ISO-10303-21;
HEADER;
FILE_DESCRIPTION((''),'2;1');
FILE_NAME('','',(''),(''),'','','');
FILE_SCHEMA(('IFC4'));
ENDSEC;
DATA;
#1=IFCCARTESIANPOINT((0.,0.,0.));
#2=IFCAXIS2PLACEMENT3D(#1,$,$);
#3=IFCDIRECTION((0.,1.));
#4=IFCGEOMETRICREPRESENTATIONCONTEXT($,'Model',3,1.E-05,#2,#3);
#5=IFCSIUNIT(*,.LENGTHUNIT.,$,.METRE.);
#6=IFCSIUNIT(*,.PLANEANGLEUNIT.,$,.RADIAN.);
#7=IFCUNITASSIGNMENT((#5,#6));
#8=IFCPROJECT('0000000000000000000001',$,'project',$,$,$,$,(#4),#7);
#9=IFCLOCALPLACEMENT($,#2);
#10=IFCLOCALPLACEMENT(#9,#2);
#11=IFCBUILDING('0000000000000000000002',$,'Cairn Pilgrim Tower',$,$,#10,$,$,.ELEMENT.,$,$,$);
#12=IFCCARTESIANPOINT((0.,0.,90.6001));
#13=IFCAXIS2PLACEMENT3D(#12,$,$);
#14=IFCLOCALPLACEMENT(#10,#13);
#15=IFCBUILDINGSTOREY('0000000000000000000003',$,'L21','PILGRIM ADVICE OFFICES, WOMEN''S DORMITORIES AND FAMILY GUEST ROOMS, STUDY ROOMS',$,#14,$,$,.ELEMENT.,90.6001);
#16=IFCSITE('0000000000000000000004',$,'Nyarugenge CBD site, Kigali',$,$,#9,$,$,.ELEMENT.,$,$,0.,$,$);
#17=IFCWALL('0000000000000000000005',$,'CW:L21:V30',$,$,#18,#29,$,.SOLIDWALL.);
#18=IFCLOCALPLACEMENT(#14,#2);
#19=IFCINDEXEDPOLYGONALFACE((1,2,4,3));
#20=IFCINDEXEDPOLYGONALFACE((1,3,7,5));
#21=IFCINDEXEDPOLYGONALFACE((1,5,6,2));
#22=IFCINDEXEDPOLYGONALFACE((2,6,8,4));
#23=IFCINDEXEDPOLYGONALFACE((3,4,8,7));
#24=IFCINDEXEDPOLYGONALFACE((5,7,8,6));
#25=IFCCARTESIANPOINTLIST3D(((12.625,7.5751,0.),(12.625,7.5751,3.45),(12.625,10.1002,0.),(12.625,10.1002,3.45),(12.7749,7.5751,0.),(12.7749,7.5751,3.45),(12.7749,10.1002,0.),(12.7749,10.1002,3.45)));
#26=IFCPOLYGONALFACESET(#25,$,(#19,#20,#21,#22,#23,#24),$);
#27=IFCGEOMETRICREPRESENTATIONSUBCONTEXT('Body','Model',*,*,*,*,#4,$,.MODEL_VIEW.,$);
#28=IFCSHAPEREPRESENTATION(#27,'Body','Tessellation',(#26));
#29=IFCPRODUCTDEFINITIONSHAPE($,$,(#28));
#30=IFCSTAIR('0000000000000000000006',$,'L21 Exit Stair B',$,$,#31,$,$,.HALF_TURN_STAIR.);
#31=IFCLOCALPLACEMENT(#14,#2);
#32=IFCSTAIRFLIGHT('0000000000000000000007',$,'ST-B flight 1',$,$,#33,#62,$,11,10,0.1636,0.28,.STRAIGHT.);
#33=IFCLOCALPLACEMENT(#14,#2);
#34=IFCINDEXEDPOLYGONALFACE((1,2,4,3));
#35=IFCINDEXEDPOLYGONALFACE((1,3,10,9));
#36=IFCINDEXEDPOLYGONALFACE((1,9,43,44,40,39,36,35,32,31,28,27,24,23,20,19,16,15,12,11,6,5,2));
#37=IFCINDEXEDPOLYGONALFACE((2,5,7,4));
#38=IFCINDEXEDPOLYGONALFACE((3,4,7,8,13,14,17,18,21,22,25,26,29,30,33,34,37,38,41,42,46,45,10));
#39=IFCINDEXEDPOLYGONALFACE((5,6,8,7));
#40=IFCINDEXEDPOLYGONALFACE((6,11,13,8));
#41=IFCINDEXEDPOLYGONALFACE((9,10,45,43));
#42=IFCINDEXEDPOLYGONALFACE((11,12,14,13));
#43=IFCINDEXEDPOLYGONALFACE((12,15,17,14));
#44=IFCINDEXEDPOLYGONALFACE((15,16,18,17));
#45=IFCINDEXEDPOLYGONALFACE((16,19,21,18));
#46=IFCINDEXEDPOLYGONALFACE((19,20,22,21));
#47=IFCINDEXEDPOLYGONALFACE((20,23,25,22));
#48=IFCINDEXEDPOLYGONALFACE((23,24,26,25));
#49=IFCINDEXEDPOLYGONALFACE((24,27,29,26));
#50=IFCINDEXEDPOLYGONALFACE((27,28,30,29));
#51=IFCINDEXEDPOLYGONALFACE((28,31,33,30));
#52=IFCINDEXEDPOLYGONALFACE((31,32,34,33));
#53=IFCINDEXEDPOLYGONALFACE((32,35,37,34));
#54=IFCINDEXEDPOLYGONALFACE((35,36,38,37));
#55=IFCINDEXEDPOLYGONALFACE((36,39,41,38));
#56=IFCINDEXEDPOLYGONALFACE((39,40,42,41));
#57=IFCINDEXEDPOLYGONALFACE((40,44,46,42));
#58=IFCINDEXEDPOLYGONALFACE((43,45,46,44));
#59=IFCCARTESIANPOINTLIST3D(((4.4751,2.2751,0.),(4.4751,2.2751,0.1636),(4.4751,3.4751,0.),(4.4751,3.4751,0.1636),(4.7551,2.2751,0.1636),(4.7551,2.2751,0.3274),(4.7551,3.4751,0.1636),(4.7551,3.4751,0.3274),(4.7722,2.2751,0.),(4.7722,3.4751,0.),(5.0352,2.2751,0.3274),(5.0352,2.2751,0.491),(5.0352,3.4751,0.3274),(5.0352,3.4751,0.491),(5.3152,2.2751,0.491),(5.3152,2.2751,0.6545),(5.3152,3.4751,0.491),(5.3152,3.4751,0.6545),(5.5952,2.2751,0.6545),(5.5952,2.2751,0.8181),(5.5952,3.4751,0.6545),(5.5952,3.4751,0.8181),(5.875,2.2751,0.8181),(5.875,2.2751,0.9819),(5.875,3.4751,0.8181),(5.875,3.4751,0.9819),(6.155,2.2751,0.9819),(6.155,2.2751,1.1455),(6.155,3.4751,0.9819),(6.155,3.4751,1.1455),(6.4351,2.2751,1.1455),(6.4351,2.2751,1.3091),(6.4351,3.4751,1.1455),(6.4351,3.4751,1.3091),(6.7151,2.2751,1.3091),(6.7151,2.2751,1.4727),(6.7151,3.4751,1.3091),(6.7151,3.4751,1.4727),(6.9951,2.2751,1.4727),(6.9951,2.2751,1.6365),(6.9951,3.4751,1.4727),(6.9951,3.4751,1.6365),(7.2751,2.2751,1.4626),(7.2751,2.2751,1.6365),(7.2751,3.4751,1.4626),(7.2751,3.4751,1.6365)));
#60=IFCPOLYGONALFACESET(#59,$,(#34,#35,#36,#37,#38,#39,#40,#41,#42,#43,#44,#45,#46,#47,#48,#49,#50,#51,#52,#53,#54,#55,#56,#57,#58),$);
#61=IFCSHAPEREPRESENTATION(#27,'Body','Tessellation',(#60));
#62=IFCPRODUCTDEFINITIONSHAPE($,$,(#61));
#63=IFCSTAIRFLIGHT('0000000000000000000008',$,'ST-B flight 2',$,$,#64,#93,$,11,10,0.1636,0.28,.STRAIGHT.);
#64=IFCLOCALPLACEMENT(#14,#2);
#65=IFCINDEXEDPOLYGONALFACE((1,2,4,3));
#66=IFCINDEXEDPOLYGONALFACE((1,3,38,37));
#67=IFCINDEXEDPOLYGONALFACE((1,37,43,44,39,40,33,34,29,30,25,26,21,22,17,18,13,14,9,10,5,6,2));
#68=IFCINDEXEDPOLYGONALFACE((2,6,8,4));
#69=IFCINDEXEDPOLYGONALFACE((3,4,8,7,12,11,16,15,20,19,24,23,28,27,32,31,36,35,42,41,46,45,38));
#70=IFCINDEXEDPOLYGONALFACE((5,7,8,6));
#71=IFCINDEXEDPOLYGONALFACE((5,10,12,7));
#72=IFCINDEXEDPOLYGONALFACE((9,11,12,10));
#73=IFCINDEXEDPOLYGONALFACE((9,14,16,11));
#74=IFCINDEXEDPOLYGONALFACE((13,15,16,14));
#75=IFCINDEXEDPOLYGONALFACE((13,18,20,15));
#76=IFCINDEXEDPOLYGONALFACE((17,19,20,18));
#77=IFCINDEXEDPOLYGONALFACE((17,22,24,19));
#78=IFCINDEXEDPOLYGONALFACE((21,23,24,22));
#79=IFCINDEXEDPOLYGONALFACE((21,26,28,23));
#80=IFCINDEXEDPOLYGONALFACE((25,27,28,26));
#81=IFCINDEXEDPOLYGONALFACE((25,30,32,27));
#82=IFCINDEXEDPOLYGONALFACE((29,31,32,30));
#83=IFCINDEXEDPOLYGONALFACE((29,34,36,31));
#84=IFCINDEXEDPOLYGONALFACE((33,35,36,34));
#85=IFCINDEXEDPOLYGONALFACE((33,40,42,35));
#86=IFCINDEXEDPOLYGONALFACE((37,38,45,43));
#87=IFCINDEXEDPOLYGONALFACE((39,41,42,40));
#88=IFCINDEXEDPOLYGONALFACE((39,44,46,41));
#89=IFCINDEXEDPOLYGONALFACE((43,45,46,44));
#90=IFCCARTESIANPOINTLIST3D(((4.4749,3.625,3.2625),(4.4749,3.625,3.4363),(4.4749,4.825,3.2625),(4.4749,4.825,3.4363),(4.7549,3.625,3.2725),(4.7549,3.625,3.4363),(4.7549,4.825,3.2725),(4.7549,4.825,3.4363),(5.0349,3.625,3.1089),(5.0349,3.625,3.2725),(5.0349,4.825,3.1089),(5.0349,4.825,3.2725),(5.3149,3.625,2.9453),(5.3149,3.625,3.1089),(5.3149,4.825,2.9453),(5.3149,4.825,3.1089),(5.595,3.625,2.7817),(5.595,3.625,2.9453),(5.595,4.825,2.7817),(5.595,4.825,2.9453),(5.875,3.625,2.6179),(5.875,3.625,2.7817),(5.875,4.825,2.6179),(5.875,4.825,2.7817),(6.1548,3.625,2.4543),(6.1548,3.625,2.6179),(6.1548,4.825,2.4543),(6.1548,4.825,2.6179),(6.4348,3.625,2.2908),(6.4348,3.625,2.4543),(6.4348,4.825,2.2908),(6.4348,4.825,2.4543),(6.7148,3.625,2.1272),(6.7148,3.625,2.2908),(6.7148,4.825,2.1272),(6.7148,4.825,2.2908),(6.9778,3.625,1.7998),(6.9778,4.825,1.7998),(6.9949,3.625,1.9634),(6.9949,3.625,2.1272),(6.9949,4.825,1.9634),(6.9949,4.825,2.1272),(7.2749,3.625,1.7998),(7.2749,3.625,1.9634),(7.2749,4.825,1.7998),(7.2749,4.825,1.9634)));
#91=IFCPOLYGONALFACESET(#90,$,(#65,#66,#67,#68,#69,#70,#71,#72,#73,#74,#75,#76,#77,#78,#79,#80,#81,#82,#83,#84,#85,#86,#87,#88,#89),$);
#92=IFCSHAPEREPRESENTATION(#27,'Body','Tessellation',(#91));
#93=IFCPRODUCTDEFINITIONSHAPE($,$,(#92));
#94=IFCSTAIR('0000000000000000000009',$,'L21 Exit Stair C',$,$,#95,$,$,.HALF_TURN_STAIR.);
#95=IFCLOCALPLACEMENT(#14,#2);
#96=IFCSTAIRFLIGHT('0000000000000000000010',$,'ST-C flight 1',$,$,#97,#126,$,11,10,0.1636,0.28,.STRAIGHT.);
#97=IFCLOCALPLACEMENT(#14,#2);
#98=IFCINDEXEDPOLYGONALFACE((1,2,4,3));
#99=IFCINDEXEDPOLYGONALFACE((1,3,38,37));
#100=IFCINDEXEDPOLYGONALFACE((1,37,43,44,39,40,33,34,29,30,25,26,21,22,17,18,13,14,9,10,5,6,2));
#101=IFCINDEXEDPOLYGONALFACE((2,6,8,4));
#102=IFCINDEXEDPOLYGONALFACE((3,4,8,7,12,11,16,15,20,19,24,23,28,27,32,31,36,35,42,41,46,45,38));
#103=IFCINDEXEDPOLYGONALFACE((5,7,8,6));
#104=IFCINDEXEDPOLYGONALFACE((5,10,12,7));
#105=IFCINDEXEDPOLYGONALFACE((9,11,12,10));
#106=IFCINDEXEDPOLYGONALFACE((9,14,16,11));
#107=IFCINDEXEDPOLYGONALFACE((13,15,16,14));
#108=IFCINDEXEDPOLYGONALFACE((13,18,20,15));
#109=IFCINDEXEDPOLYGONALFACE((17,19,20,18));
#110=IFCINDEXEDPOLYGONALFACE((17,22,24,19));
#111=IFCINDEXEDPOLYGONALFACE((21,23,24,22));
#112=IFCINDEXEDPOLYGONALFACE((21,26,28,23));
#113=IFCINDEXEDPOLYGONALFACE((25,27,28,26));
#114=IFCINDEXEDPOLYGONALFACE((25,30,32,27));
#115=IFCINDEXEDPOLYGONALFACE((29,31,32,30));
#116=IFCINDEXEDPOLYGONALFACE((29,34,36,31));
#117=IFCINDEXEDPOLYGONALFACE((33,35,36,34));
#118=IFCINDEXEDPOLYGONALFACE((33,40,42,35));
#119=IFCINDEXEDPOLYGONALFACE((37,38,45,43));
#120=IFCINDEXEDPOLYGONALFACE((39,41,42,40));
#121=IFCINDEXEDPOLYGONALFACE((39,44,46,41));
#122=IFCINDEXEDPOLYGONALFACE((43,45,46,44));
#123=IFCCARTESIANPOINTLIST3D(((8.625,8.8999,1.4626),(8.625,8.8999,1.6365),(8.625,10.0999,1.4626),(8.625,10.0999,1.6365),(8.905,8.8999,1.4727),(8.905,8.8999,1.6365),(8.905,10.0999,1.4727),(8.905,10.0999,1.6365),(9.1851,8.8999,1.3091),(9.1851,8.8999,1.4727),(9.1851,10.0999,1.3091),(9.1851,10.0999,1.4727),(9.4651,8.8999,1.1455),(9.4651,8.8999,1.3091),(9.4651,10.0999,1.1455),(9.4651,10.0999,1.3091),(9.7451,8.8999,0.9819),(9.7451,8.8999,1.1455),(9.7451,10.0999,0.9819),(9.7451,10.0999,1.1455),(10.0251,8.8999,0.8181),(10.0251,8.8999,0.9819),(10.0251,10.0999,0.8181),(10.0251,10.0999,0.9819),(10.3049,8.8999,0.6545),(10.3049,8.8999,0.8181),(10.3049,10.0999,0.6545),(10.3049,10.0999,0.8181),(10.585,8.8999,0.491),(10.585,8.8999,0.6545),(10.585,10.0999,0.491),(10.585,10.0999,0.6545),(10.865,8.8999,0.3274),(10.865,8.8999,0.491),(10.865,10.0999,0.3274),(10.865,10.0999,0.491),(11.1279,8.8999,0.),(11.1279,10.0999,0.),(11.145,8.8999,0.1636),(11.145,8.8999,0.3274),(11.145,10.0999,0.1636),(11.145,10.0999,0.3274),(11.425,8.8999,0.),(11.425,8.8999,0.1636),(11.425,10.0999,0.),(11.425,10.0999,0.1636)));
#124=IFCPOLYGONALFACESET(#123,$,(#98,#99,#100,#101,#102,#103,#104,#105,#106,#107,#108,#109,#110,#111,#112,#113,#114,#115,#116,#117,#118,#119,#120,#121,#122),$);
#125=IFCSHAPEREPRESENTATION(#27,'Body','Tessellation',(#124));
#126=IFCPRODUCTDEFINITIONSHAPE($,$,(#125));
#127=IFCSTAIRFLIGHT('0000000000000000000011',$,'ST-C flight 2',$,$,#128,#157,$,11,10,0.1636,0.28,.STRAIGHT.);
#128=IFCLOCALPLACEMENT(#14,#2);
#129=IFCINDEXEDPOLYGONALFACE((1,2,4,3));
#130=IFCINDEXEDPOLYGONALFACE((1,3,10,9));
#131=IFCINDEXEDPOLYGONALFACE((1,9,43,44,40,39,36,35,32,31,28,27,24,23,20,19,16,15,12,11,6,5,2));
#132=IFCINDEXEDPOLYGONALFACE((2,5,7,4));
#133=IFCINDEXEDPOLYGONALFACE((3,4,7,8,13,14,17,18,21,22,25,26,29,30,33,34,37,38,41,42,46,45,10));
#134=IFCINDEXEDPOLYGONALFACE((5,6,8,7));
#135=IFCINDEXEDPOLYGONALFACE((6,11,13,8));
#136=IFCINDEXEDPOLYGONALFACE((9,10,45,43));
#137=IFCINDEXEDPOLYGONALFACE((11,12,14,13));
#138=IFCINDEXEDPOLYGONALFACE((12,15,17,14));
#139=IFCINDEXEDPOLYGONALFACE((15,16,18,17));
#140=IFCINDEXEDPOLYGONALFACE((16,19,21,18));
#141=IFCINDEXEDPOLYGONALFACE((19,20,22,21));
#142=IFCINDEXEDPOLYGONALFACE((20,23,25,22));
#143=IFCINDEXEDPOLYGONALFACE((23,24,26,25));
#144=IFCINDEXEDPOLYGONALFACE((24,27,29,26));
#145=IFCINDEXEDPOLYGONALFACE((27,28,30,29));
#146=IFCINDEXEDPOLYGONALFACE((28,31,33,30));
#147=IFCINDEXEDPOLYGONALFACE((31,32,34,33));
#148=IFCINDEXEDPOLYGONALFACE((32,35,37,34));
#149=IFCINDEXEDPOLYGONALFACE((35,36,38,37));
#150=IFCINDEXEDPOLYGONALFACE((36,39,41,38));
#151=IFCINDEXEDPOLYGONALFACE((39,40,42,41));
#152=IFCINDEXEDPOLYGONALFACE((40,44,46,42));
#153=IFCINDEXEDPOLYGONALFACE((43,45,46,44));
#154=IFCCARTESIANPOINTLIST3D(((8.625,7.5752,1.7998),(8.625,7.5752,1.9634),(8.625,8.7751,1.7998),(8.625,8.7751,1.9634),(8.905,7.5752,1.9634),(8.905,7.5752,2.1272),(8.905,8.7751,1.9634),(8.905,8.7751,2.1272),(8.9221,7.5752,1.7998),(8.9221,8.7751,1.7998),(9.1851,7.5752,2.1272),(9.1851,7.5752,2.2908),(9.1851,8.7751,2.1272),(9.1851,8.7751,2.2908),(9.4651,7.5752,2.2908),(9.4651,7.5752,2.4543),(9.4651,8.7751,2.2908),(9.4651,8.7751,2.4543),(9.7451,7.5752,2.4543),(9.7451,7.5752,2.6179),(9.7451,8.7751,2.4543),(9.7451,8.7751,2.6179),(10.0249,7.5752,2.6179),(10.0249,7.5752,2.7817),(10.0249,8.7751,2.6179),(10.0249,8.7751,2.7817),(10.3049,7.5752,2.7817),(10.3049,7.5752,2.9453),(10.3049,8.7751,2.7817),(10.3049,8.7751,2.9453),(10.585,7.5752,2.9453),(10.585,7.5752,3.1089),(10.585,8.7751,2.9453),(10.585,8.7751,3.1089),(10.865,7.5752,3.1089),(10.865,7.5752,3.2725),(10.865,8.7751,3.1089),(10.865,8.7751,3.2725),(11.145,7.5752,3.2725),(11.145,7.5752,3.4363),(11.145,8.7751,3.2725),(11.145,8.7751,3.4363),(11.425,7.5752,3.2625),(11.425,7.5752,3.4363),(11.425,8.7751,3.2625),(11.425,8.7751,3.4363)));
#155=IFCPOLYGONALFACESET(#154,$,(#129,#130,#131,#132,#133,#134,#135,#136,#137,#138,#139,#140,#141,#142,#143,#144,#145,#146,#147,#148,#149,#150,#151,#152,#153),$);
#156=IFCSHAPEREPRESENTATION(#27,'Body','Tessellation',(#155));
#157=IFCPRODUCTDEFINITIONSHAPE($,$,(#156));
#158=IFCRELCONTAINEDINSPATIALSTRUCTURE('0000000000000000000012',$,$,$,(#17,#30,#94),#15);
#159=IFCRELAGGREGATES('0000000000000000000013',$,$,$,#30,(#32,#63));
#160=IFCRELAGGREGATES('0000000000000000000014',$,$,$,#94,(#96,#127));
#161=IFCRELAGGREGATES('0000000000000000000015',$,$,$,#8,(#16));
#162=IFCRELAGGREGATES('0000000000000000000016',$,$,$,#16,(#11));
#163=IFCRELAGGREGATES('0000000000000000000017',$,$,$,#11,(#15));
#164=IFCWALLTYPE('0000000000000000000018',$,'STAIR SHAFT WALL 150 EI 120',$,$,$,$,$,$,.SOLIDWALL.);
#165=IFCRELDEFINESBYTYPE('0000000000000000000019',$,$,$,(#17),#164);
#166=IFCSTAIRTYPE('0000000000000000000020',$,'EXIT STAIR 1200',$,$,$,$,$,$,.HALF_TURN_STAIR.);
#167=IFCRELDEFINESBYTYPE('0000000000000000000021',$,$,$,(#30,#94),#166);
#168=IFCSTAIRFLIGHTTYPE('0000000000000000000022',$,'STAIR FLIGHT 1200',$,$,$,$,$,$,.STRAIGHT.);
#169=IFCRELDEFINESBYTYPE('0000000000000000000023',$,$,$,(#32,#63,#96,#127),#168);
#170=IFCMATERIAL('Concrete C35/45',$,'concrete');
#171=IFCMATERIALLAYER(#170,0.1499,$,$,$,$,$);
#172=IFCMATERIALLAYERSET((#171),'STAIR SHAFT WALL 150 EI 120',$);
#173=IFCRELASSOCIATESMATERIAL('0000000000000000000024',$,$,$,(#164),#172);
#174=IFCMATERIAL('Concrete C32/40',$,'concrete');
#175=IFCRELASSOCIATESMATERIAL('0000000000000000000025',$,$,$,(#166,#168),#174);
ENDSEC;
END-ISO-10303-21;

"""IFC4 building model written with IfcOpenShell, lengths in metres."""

from ifc_helpers import new_model, si_unit, direction, frame, frame_2d, origin, place, context, subcontext, project, spatial, polyline, rectangle, outline, extrude, material, layer, layer_set, type_object, element, aggregate, save


model = new_model("IFC4")

# Units and contexts
model_context = context("Model", 3, precision=1e-05, world=origin(), true_north=direction((0.0, 1.0)))
body_context = subcontext(model_context, "Body", "Model", "MODEL_VIEW")
ifc_project = project(units=[si_unit("LENGTHUNIT", "METRE"), si_unit("PLANEANGLEUNIT", "RADIAN")], contexts=[model_context])

# Site, building, storey
site_placement = place(None, origin())
site = spatial("IfcSite", under=ifc_project, at=site_placement, Name="Nyarugenge CBD site, Kigali", CompositionType="ELEMENT", RefElevation=0.0)
building_placement = place(site_placement, origin())
building = spatial("IfcBuilding", under=site, at=building_placement, Name="Cairn Pilgrim Tower", CompositionType="ELEMENT")
storey_placement = place(building_placement, frame((0.0, 0.0, 90.6001)))
storey = spatial("IfcBuildingStorey", under=building, at=storey_placement, Name="L21", Description="PILGRIM ADVICE OFFICES, WOMEN'S DORMITORIES AND FAMILY GUEST ROOMS, STUDY ROOMS", CompositionType="ELEMENT", Elevation=90.6001)

# Shared definitions
ifc_material_1 = material(Name="Concrete C32/40", Category="concrete")

# Shared definitions
ifc_material_2 = material(Name="Concrete C35/45", Category="concrete")
ifc_layer_1 = layer(ifc_material_2, 0.1499)
ifc_layer_set_1 = layer_set([ifc_layer_1], Name="STAIR SHAFT WALL 150 EI 120")
wall_type_1 = type_object("IfcWallType", Name="STAIR SHAFT WALL 150 EI 120", PredefinedType="SOLIDWALL", material=ifc_layer_set_1)

# Wall
wall_1_placement = place(storey_placement, frame((12.7, 7.575, 0.0), z_axis=(0.0, 0.0, 1.0), x_axis=(0.0, 1.0, 0.0)))
element("IfcWall", 1, at=wall_1_placement, inside=storey, type_object=wall_type_1, Name="CW:L21:V30", PredefinedType="SOLIDWALL", context=body_context, shape_type="SweptSolid", body=[
    extrude(rectangle(XDim=2.5251, YDim=0.1499, at=frame_2d((1.2627, 0.0))), origin(), (0.0, 0.0, 1.0), 3.45),
])

# Stairs, stair flights
stair_type = type_object("IfcStairType", Name="EXIT STAIR 1200", PredefinedType="HALF_TURN_STAIR", material=ifc_material_1)
stair_1_placement = place(storey_placement, origin())
stair_1 = element("IfcStair", 2, at=stair_1_placement, inside=storey, type_object=stair_type, Name="L21 Exit Stair B", PredefinedType="HALF_TURN_STAIR")
stair_flight_type = type_object("IfcStairFlightType", Name="STAIR FLIGHT 1200", PredefinedType="STRAIGHT", material=ifc_material_1)
stair_flight_1_placement = place(storey_placement, frame((4.4751, 2.875, 0.0), z_axis=(0.0, 0.0, 1.0), x_axis=(1.0, 0.0, 0.0)))
stair_flight_1 = element("IfcStairFlight", 3, at=stair_flight_1_placement, type_object=stair_flight_type, Name="ST-B flight 1", NumberOfRisers=11, NumberOfTreads=10, PredefinedType="STRAIGHT", RiserHeight=0.1636, TreadLength=0.28, context=body_context, shape_type="SweptSolid", body=[
    extrude(outline(polyline([(0.0, 0.0), (0.0, 0.1636), (0.28, 0.1636), (0.28, 0.3274), (0.5601, 0.3274), (0.5601, 0.491), (0.8401, 0.491), (0.8401, 0.6545), (1.1201, 0.6545), (1.1201, 0.8181), (1.3999, 0.8181), (1.3999, 0.9819), (1.6799, 0.9819), (1.6799, 1.1455), (1.96, 1.1455), (1.96, 1.3091), (2.24, 1.3091), (2.24, 1.4727), (2.52, 1.4727), (2.52, 1.6365), (2.8, 1.6365), (2.8, 1.8), (2.8, 1.4626), (0.2971, 0.0), (0.0, 0.0)])), frame((0.0, 0.6001, 0.0), z_axis=(0.0, -1.0, 0.0), x_axis=(1.0, 0.0, 0.0)), (0.0, 0.0, 1.0), 1.2),
])
stair_flight_2_placement = place(storey_placement, frame((7.2749, 4.2251, 1.7998), z_axis=(0.0, 0.0, 1.0), x_axis=(-1.0, 0.0, 0.0)))
stair_flight_2 = element("IfcStairFlight", 4, at=stair_flight_2_placement, type_object=stair_flight_type, Name="ST-B flight 2", NumberOfRisers=11, NumberOfTreads=10, PredefinedType="STRAIGHT", RiserHeight=0.1636, TreadLength=0.28, context=body_context, shape_type="SweptSolid", body=[
    extrude(outline(polyline([(0.0, 0.0), (0.0, 0.1636), (0.28, 0.1636), (0.28, 0.3274), (0.5601, 0.3274), (0.5601, 0.491), (0.8401, 0.491), (0.8401, 0.6545), (1.1201, 0.6545), (1.1201, 0.8181), (1.3999, 0.8181), (1.3999, 0.9819), (1.6799, 0.9819), (1.6799, 1.1455), (1.96, 1.1455), (1.96, 1.3091), (2.24, 1.3091), (2.24, 1.4727), (2.52, 1.4727), (2.52, 1.6365), (2.8, 1.6365), (2.8, 1.8), (2.8, 1.4626), (0.2971, 0.0), (0.0, 0.0)])), frame((0.0, 0.6001, 0.0), z_axis=(0.0, -1.0, 0.0), x_axis=(1.0, 0.0, 0.0)), (0.0, 0.0, 1.0), 1.2),
])
aggregate(stair_1, [stair_flight_1, stair_flight_2])
stair_2_placement = place(storey_placement, origin())
stair_2 = element("IfcStair", 5, at=stair_2_placement, inside=storey, type_object=stair_type, Name="L21 Exit Stair C", PredefinedType="HALF_TURN_STAIR")
stair_flight_3_placement = place(storey_placement, frame((11.425, 9.5, 0.0), z_axis=(0.0, 0.0, 1.0), x_axis=(-1.0, 0.0, 0.0)))
stair_flight_3 = element("IfcStairFlight", 6, at=stair_flight_3_placement, type_object=stair_flight_type, Name="ST-C flight 1", NumberOfRisers=11, NumberOfTreads=10, PredefinedType="STRAIGHT", RiserHeight=0.1636, TreadLength=0.28, context=body_context, shape_type="SweptSolid", body=[
    extrude(outline(polyline([(0.0, 0.0), (0.0, 0.1636), (0.28, 0.1636), (0.28, 0.3274), (0.5601, 0.3274), (0.5601, 0.491), (0.8401, 0.491), (0.8401, 0.6545), (1.1201, 0.6545), (1.1201, 0.8181), (1.3999, 0.8181), (1.3999, 0.9819), (1.6799, 0.9819), (1.6799, 1.1455), (1.96, 1.1455), (1.96, 1.3091), (2.24, 1.3091), (2.24, 1.4727), (2.52, 1.4727), (2.52, 1.6365), (2.8, 1.6365), (2.8, 1.8), (2.8, 1.4626), (0.2971, 0.0), (0.0, 0.0)])), frame((0.0, 0.6001, 0.0), z_axis=(0.0, -1.0, 0.0), x_axis=(1.0, 0.0, 0.0)), (0.0, 0.0, 1.0), 1.2),
])
stair_flight_4_placement = place(storey_placement, frame((8.625, 8.175, 1.7998), z_axis=(0.0, 0.0, 1.0), x_axis=(1.0, 0.0, 0.0)))
stair_flight_4 = element("IfcStairFlight", 7, at=stair_flight_4_placement, type_object=stair_flight_type, Name="ST-C flight 2", NumberOfRisers=11, NumberOfTreads=10, PredefinedType="STRAIGHT", RiserHeight=0.1636, TreadLength=0.28, context=body_context, shape_type="SweptSolid", body=[
    extrude(outline(polyline([(0.0, 0.0), (0.0, 0.1636), (0.28, 0.1636), (0.28, 0.3274), (0.5601, 0.3274), (0.5601, 0.491), (0.8401, 0.491), (0.8401, 0.6545), (1.1201, 0.6545), (1.1201, 0.8181), (1.3999, 0.8181), (1.3999, 0.9819), (1.6799, 0.9819), (1.6799, 1.1455), (1.96, 1.1455), (1.96, 1.3091), (2.24, 1.3091), (2.24, 1.4727), (2.52, 1.4727), (2.52, 1.6365), (2.8, 1.6365), (2.8, 1.8), (2.8, 1.4626), (0.2971, 0.0), (0.0, 0.0)])), frame((0.0, 0.6001, 0.0), z_axis=(0.0, -1.0, 0.0), x_axis=(1.0, 0.0, 0.0)), (0.0, 0.0, 1.0), 1.2),
])
aggregate(stair_2, [stair_flight_3, stair_flight_4])

save(model, "model.ifc")
